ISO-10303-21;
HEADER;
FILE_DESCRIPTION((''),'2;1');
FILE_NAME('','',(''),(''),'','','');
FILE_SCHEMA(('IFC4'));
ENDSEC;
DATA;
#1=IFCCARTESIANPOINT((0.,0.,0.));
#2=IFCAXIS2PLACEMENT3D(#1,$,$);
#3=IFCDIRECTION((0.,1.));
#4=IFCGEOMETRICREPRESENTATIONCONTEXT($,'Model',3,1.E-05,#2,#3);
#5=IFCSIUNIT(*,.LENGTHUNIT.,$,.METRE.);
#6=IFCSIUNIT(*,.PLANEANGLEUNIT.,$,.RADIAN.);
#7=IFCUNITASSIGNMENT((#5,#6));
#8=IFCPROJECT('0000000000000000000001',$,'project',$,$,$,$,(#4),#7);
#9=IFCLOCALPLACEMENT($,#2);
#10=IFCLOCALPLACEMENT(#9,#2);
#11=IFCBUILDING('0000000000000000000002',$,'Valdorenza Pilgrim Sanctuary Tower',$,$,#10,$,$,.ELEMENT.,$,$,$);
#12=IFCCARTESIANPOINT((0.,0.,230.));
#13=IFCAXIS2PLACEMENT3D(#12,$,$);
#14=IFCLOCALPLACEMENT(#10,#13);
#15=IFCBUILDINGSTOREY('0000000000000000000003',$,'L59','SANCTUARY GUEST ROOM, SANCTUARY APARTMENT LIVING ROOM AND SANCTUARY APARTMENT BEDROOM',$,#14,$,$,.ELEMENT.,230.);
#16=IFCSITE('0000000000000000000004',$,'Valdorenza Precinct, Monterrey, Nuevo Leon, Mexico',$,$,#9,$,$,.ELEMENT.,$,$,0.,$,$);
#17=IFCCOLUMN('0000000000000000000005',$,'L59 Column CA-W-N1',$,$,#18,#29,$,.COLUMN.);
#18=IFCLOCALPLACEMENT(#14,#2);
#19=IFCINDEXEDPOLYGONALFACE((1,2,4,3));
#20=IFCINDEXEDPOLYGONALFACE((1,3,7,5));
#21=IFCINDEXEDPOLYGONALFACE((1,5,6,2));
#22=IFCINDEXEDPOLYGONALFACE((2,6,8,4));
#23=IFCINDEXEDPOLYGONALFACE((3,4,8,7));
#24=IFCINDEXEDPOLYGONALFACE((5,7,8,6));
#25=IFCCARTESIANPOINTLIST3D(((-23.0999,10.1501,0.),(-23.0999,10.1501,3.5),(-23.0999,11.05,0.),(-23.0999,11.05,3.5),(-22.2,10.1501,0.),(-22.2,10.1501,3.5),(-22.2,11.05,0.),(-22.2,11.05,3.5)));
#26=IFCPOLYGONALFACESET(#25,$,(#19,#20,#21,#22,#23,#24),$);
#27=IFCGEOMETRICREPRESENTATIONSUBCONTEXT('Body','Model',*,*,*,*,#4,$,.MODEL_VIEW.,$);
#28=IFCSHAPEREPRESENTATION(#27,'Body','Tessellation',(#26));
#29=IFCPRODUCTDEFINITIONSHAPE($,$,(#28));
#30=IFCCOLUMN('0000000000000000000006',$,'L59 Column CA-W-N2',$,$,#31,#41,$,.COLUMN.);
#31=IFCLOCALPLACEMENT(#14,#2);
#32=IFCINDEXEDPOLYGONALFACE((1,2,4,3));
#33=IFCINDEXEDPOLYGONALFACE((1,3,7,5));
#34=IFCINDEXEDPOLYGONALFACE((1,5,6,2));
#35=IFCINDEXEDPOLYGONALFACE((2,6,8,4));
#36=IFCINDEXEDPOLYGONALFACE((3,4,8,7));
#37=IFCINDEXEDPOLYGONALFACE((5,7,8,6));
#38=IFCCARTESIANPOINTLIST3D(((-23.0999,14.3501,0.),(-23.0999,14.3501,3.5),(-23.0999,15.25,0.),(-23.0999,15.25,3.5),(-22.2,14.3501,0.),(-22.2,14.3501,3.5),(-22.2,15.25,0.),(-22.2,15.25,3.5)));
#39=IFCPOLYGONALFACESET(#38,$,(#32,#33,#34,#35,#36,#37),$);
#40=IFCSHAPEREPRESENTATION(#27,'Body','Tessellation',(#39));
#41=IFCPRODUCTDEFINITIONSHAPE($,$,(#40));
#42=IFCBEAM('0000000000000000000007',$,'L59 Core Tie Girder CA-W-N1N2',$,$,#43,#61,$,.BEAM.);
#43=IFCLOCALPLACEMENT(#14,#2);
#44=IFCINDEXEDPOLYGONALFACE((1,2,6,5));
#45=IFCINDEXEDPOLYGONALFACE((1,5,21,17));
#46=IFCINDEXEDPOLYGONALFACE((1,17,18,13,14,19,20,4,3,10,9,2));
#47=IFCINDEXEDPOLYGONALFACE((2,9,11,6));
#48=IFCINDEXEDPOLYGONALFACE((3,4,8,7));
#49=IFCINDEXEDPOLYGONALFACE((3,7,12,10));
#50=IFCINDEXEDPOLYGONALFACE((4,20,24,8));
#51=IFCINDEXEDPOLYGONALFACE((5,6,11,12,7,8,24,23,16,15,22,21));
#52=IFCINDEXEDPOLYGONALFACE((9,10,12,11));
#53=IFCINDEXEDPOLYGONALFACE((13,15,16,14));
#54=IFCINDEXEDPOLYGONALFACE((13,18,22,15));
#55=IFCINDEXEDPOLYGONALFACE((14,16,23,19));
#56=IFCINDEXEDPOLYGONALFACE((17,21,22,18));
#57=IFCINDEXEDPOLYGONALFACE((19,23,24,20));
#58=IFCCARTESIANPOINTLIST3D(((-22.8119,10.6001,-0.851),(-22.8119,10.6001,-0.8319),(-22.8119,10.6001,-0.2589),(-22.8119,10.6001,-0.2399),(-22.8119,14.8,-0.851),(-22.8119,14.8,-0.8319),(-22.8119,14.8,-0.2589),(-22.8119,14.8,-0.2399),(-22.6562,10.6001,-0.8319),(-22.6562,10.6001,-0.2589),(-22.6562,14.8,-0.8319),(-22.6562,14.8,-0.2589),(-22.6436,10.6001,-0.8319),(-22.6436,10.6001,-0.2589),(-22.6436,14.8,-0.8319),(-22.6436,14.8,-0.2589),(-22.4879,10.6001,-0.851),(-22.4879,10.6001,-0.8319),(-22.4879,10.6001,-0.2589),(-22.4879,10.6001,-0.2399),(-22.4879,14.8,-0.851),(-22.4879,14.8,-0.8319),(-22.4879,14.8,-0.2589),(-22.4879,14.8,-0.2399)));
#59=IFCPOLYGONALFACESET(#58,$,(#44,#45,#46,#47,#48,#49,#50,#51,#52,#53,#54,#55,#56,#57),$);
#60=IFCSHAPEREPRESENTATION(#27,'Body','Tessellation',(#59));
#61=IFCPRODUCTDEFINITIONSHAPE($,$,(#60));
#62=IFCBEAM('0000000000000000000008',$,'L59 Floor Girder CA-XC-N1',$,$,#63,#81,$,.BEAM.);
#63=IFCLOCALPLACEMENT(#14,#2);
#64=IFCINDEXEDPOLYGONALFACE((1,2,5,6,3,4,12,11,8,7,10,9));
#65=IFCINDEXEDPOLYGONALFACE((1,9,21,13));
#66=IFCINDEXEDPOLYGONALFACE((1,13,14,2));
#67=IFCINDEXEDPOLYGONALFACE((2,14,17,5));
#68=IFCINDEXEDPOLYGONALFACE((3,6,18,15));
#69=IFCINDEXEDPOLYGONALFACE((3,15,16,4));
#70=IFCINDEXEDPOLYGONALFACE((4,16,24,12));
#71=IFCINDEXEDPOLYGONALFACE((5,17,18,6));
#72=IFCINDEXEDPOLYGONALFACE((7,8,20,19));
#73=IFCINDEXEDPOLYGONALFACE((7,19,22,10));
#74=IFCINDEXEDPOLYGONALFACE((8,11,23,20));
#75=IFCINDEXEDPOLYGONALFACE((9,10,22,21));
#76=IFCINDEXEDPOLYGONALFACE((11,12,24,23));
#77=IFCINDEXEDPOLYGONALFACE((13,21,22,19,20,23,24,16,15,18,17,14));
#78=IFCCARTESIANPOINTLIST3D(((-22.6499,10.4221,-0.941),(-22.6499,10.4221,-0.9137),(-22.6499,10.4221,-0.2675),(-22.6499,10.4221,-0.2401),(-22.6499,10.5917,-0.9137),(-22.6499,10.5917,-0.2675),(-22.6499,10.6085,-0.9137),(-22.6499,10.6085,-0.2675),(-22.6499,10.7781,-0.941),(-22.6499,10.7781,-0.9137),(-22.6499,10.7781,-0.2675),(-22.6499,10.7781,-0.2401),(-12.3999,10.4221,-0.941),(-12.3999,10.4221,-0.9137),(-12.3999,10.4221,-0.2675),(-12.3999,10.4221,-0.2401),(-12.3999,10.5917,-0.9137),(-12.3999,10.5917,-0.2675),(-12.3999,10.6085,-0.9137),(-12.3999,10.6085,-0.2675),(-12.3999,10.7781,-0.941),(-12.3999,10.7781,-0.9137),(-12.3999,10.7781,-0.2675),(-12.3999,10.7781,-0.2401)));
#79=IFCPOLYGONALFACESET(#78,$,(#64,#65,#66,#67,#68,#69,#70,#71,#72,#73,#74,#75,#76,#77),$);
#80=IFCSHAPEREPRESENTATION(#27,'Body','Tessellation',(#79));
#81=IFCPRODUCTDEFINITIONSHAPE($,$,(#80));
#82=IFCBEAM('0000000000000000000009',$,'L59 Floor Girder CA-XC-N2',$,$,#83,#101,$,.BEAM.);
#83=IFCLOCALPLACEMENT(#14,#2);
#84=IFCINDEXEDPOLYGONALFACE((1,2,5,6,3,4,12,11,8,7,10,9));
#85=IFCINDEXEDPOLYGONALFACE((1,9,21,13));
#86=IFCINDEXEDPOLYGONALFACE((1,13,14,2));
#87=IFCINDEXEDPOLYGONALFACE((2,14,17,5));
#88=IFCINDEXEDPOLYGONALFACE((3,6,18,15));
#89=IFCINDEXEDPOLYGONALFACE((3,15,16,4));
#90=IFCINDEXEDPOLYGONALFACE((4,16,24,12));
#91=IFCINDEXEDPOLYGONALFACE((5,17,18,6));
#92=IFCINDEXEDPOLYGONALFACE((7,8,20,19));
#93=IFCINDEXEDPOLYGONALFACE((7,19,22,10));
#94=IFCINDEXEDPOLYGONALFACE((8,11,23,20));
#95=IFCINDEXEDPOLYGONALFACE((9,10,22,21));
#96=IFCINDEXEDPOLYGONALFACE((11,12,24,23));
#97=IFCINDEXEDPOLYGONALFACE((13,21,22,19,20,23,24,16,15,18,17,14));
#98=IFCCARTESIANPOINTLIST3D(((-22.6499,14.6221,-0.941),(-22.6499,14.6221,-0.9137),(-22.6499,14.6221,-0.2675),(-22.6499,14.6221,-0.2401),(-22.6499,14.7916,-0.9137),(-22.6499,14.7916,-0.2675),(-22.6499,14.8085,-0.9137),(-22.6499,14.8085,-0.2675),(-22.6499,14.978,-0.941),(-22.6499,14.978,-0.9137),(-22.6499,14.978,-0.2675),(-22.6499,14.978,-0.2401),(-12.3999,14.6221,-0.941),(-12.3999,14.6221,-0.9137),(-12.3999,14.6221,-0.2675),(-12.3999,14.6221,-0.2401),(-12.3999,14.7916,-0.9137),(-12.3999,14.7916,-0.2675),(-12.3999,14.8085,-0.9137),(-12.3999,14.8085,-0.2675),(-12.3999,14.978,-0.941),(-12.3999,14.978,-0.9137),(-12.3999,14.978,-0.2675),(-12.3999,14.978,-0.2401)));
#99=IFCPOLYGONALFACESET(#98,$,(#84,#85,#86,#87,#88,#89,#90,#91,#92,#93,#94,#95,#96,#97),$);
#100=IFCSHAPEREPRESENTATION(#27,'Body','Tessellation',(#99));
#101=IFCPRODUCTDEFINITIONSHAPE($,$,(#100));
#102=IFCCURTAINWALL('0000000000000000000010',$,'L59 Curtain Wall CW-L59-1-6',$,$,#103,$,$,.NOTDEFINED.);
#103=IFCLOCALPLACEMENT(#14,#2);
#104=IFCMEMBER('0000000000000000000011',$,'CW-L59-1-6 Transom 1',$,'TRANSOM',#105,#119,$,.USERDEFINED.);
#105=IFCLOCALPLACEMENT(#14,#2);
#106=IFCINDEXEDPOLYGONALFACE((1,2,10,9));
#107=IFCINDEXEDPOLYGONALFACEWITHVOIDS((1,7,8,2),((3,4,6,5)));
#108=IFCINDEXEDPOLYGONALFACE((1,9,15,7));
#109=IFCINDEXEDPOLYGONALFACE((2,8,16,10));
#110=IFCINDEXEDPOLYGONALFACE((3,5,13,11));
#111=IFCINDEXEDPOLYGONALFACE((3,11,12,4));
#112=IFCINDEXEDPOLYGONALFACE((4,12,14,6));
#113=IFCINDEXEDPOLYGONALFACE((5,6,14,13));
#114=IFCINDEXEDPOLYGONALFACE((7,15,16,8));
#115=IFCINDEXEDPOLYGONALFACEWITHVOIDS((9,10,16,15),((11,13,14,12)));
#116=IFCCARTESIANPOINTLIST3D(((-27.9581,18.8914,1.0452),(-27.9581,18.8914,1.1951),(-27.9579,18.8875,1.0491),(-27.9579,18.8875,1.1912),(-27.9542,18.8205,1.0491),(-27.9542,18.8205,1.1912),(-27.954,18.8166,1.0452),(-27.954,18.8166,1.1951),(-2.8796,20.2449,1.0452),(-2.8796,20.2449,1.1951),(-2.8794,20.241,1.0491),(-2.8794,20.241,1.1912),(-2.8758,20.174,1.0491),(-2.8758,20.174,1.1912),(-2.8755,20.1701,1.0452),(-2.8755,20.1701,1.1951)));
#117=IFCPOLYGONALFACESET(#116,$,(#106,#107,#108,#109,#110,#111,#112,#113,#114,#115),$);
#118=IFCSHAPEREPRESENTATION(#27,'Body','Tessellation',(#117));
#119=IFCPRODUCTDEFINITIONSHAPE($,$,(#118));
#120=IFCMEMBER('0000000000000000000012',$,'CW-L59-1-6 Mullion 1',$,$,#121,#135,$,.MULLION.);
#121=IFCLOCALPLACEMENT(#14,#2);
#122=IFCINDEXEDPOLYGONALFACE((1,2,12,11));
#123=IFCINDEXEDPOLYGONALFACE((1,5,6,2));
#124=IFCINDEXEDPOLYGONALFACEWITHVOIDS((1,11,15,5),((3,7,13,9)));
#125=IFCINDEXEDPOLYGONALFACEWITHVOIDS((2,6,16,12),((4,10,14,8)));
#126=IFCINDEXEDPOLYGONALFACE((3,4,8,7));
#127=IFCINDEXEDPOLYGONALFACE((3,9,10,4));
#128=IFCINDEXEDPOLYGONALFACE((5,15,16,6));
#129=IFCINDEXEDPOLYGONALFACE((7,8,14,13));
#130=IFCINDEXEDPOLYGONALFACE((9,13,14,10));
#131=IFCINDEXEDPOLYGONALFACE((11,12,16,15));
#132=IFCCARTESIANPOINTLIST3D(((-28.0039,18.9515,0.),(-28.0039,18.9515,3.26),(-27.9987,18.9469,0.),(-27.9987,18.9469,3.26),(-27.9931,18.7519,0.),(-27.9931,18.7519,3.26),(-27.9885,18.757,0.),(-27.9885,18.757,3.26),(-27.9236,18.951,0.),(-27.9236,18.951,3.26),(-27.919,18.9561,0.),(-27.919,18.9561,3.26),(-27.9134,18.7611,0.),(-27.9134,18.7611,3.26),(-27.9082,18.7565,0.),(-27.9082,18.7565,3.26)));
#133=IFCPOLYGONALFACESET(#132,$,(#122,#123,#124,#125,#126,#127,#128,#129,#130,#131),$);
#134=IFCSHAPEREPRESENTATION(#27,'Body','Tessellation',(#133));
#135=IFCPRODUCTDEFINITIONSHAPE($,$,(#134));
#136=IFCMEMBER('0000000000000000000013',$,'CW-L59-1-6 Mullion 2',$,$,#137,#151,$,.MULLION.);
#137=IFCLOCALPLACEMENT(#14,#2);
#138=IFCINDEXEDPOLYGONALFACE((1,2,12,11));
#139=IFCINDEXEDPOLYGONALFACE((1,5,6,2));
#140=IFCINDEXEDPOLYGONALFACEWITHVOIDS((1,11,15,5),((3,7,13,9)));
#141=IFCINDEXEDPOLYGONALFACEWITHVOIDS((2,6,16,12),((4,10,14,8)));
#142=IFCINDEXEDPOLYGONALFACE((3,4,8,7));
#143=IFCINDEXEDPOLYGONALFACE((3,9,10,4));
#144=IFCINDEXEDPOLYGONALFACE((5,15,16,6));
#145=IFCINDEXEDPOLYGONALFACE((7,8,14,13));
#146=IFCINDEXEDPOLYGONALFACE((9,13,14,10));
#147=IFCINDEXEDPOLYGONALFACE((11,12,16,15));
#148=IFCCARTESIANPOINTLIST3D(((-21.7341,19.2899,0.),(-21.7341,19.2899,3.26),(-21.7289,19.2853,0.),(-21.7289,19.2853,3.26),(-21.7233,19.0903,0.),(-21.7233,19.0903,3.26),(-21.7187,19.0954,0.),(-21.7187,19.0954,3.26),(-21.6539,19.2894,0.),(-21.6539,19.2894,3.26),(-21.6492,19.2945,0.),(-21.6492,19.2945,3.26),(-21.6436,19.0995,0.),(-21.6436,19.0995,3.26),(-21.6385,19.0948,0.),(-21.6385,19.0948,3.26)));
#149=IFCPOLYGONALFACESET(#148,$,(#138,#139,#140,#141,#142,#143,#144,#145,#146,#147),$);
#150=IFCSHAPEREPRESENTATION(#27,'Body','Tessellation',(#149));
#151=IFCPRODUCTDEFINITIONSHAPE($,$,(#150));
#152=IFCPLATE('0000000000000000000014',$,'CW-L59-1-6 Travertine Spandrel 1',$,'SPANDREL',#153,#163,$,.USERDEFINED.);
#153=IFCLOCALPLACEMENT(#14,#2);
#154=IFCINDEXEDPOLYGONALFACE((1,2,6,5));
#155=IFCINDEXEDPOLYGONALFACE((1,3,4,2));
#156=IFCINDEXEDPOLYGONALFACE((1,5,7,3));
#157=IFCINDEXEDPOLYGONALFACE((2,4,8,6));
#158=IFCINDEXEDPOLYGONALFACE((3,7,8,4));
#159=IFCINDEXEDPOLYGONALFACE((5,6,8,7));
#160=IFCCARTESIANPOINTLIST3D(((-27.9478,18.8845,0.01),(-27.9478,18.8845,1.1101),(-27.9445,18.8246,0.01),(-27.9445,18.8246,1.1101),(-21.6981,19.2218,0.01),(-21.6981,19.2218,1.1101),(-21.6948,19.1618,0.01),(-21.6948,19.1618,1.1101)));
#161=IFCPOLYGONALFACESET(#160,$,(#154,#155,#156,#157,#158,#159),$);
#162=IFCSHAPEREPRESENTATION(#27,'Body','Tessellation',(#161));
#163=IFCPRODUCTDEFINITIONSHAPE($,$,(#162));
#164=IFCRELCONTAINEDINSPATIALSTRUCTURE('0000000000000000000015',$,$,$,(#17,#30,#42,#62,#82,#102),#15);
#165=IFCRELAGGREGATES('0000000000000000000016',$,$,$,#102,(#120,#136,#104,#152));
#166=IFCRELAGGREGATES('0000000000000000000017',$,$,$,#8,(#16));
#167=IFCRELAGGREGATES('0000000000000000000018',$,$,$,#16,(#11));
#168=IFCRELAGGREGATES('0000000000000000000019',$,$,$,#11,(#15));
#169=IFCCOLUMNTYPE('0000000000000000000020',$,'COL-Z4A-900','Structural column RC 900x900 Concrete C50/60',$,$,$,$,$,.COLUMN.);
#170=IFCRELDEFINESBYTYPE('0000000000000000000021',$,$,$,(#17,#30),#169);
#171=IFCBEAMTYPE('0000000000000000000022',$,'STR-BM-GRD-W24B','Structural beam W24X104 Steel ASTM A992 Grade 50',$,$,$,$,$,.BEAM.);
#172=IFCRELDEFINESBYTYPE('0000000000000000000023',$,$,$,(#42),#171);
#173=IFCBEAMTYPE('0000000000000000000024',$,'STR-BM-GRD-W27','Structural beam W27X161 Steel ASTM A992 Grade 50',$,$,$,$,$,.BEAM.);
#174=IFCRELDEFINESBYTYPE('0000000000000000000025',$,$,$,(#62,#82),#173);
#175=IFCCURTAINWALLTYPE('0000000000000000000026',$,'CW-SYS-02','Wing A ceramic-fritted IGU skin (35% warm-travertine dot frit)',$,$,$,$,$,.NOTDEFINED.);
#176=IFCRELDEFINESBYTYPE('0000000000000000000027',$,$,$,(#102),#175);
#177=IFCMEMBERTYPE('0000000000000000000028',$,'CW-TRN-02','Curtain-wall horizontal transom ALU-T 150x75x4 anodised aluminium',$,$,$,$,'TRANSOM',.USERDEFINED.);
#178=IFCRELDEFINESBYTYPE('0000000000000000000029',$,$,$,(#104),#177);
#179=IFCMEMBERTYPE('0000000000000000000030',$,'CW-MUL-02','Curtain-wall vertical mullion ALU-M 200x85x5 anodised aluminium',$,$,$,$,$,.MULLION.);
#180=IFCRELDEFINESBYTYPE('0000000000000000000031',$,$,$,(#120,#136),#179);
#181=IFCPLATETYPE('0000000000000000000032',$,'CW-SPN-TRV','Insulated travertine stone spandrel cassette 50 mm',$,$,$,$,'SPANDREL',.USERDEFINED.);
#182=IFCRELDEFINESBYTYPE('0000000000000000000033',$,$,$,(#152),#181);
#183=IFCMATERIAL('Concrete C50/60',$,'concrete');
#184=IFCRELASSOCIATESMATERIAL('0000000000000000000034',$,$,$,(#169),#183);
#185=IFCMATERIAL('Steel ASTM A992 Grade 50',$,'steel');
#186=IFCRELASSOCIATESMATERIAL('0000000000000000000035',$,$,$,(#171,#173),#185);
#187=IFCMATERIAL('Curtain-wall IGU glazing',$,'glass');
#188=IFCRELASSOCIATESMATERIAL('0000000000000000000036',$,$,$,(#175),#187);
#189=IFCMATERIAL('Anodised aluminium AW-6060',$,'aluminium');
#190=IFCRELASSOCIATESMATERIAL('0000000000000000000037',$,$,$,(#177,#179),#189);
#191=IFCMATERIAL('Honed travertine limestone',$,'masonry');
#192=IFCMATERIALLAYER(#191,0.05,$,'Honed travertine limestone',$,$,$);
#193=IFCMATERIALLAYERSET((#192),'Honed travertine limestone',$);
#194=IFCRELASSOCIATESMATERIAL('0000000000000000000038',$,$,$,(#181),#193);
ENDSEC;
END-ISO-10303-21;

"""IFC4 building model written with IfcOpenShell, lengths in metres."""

from ifc_helpers import new_model, si_unit, direction, frame, origin, origin_2d, place, context, subcontext, project, spatial, rectangle, hollow_rectangle, i_section, extrude, source, transform, mapped, material, layer, layer_set, material_profile, profile_set, type_object, element, aggregate, save


model = new_model("IFC4")

# Units and contexts
model_context = context("Model", 3, precision=1e-05, world=origin(), true_north=direction((0.0, 1.0)))
body_context = subcontext(model_context, "Body", "Model", "MODEL_VIEW")
ifc_project = project(units=[si_unit("LENGTHUNIT", "METRE"), si_unit("PLANEANGLEUNIT", "RADIAN")], contexts=[model_context])

# Site, building, storey
site_placement = place(None, origin())
site = spatial("IfcSite", under=ifc_project, at=site_placement, Name="Valdorenza Precinct, Monterrey, Nuevo Leon, Mexico", CompositionType="ELEMENT", RefElevation=0.0)
building_placement = place(site_placement, origin())
building = spatial("IfcBuilding", under=site, at=building_placement, Name="Valdorenza Pilgrim Sanctuary Tower", CompositionType="ELEMENT")
storey_placement = place(building_placement, frame((0.0, 0.0, 230.0)))
storey = spatial("IfcBuildingStorey", under=building, at=storey_placement, Name="L59", Description="SANCTUARY GUEST ROOM, SANCTUARY APARTMENT LIVING ROOM AND SANCTUARY APARTMENT BEDROOM", CompositionType="ELEMENT", Elevation=230.0)

# Columns
ifc_material_1 = material(Name="Concrete C50/60", Category="concrete")
ifc_material_profile_1 = material_profile(ifc_material_1, rectangle(XDim=0.8999, YDim=0.8999, at=origin_2d()), Name="RC 900x900")
ifc_profile_set_1 = profile_set([ifc_material_profile_1], Name="Concrete C50/60")
column_type = type_object("IfcColumnType", Name="COL-Z4A-900", Description="Structural column RC 900x900 Concrete C50/60", PredefinedType="COLUMN", material=ifc_profile_set_1)
shared_shape_1 = source(origin(), body_context, "Body", "SweptSolid", [
    extrude(rectangle(XDim=0.8999, YDim=0.8999, at=origin_2d()), origin(), (0.0, 0.0, 1.0), 3.5),
])
for number, where, z_axis, x_axis, name in (
    (1, (-22.6499, 10.6001, 0.0), (0.0, 0.0, 1.0), (1.0, 0.0, 0.0), "L59 Column CA-W-N1"),
    (2, (-22.6499, 14.8, 0.0), (0.0, 0.0, 1.0), (1.0, 0.0, 0.0), "L59 Column CA-W-N2"),
):
    element("IfcColumn", number, at=place(storey_placement, frame(where, z_axis=z_axis, x_axis=x_axis)), inside=storey, type_object=column_type, Name=name, PredefinedType="COLUMN", context=body_context, shape_type="MappedRepresentation", body=[
        mapped(shared_shape_1, transform((0.0, 0.0, 0.0), x_axis=(1.0, 0.0, 0.0), y_axis=(0.0, 1.0, 0.0), z_axis=(0.0, 0.0, 1.0), scale=1.0)),
    ])

# Beams
ifc_material_2 = material(Name="Steel ASTM A992 Grade 50", Category="steel")
ifc_material_profile_2 = material_profile(ifc_material_2, i_section(OverallWidth=0.324, OverallDepth=0.6111, WebThickness=0.0127, FlangeThickness=0.019, at=origin_2d()), Name="W24X104")
ifc_profile_set_2 = profile_set([ifc_material_profile_2], Name="Steel ASTM A992 Grade 50")
beam_type_1 = type_object("IfcBeamType", Name="STR-BM-GRD-W24B", Description="Structural beam W24X104 Steel ASTM A992 Grade 50", PredefinedType="BEAM", material=ifc_profile_set_2)
shared_shape_2 = source(origin(), body_context, "Body", "SweptSolid", [
    extrude(i_section(OverallWidth=0.324, OverallDepth=0.6111, WebThickness=0.0127, FlangeThickness=0.019, at=origin_2d()), origin(), (0.0, 0.0, 1.0), 4.2),
])
beam_placement = place(storey_placement, frame((-22.6499, 10.6001, -0.5454), z_axis=(0.0, 1.0, 0.0), x_axis=(-1.0, 0.0, 0.0)))
element("IfcBeam", 3, at=beam_placement, inside=storey, type_object=beam_type_1, Name="L59 Core Tie Girder CA-W-N1N2", PredefinedType="BEAM", context=body_context, shape_type="MappedRepresentation", body=[
    mapped(shared_shape_2, transform((0.0, 0.0, 0.0), x_axis=(1.0, 0.0, 0.0), y_axis=(0.0, 1.0, 0.0), z_axis=(0.0, 0.0, 1.0), scale=1.0)),
])
ifc_material_profile_3 = material_profile(ifc_material_2, i_section(OverallWidth=0.356, OverallDepth=0.7009, WebThickness=0.0168, FlangeThickness=0.0273, at=origin_2d()), Name="W27X161")
ifc_profile_set_3 = profile_set([ifc_material_profile_3], Name="Steel ASTM A992 Grade 50")
beam_type_2 = type_object("IfcBeamType", Name="STR-BM-GRD-W27", Description="Structural beam W27X161 Steel ASTM A992 Grade 50", PredefinedType="BEAM", material=ifc_profile_set_3)
shared_shape_3 = source(origin(), body_context, "Body", "SweptSolid", [
    extrude(i_section(OverallWidth=0.356, OverallDepth=0.7009, WebThickness=0.0168, FlangeThickness=0.0273, at=origin_2d()), origin(), (0.0, 0.0, 1.0), 10.25),
])
for number, where, z_axis, x_axis, name in (
    (4, (-22.6499, 10.6001, -0.5906), (1.0, 0.0, 0.0), (0.0, 1.0, 0.0), "L59 Floor Girder CA-XC-N1"),
    (5, (-22.6499, 14.8, -0.5906), (1.0, 0.0, 0.0), (0.0, 1.0, 0.0), "L59 Floor Girder CA-XC-N2"),
):
    element("IfcBeam", number, at=place(storey_placement, frame(where, z_axis=z_axis, x_axis=x_axis)), inside=storey, type_object=beam_type_2, Name=name, PredefinedType="BEAM", context=body_context, shape_type="MappedRepresentation", body=[
        mapped(shared_shape_3, transform((0.0, 0.0, 0.0), x_axis=(1.0, 0.0, 0.0), y_axis=(0.0, 1.0, 0.0), z_axis=(0.0, 0.0, 1.0), scale=1.0)),
    ])

# Curtain wall, members, plate
ifc_material_3 = material(Name="Curtain-wall IGU glazing", Category="glass")
curtain_wall_type = type_object("IfcCurtainWallType", Name="CW-SYS-02", Description="Wing A ceramic-fritted IGU skin (35% warm-travertine dot frit)", PredefinedType="NOTDEFINED", material=ifc_material_3)
curtain_wall_placement = place(storey_placement, origin())
curtain_wall = element("IfcCurtainWall", 6, at=curtain_wall_placement, inside=storey, type_object=curtain_wall_type, Name="L59 Curtain Wall CW-L59-1-6", PredefinedType="NOTDEFINED")
ifc_material_4 = material(Name="Anodised aluminium AW-6060", Category="aluminium")
ifc_material_profile_4 = material_profile(ifc_material_4, hollow_rectangle(XDim=0.075, YDim=0.1499, WallThickness=0.0039, at=origin_2d()), Name="ALU-T 150x75x4")
ifc_profile_set_4 = profile_set([ifc_material_profile_4], Name="Anodised aluminium AW-6060")
member_type_1 = type_object("IfcMemberType", Name="CW-TRN-02", Description="Curtain-wall horizontal transom ALU-T 150x75x4 anodised aluminium", ElementType="TRANSOM", PredefinedType="USERDEFINED", material=ifc_profile_set_4)
shared_shape_4 = source(origin(), body_context, "Body", "SweptSolid", [
    extrude(hollow_rectangle(XDim=0.075, YDim=0.1499, WallThickness=0.0039, at=origin_2d()), origin(), (0.0, 0.0, 1.0), 25.115),
])
member_1_placement = place(storey_placement, frame((-27.9561, 18.854, 1.1201), z_axis=(0.998547, 0.053893, 0.0), x_axis=(-0.053893, 0.998547, 0.0)))
member_1 = element("IfcMember", 7, at=member_1_placement, type_object=member_type_1, Name="CW-L59-1-6 Transom 1", ObjectType="TRANSOM", PredefinedType="USERDEFINED", context=body_context, shape_type="MappedRepresentation", body=[
    mapped(shared_shape_4, transform((0.0, 0.0, 0.0), x_axis=(1.0, 0.0, 0.0), y_axis=(0.0, 1.0, 0.0), z_axis=(0.0, 0.0, 1.0), scale=1.0)),
])
ifc_material_profile_5 = material_profile(ifc_material_4, hollow_rectangle(XDim=0.085, YDim=0.2, WallThickness=0.0049, at=origin_2d()), Name="ALU-M 200x85x5")
ifc_profile_set_5 = profile_set([ifc_material_profile_5], Name="Anodised aluminium AW-6060")
member_type_2 = type_object("IfcMemberType", Name="CW-MUL-02", Description="Curtain-wall vertical mullion ALU-M 200x85x5 anodised aluminium", PredefinedType="MULLION", material=ifc_profile_set_5)
shared_shape_5 = source(origin(), body_context, "Body", "SweptSolid", [
    extrude(hollow_rectangle(XDim=0.085, YDim=0.2, WallThickness=0.0049, at=origin_2d()), origin(), (0.0, 0.0, 1.0), 3.26),
])
member_2_placement = place(storey_placement, frame((-27.9561, 18.854, 0.0), z_axis=(0.0, 0.0, 1.0), x_axis=(0.998547, 0.053887, 0.0)))
member_2 = element("IfcMember", 8, at=member_2_placement, type_object=member_type_2, Name="CW-L59-1-6 Mullion 1", PredefinedType="MULLION", context=body_context, shape_type="MappedRepresentation", body=[
    mapped(shared_shape_5, transform((0.0, 0.0, 0.0), x_axis=(1.0, 0.0, 0.0), y_axis=(0.0, 1.0, 0.0), z_axis=(0.0, 0.0, 1.0), scale=1.0)),
])
member_3_placement = place(storey_placement, frame((-21.6863, 19.1924, 0.0), z_axis=(0.0, 0.0, 1.0), x_axis=(0.998547, 0.053887, 0.0)))
member_3 = element("IfcMember", 9, at=member_3_placement, type_object=member_type_2, Name="CW-L59-1-6 Mullion 2", PredefinedType="MULLION", context=body_context, shape_type="MappedRepresentation", body=[
    mapped(shared_shape_5, transform((0.0, 0.0, 0.0), x_axis=(1.0, 0.0, 0.0), y_axis=(0.0, 1.0, 0.0), z_axis=(0.0, 0.0, 1.0), scale=1.0)),
])
ifc_material_5 = material(Name="Honed travertine limestone", Category="masonry")
ifc_layer_1 = layer(ifc_material_5, 0.05, Name="Honed travertine limestone")
ifc_layer_set_1 = layer_set([ifc_layer_1], Name="Honed travertine limestone")
plate_type_1 = type_object("IfcPlateType", Name="CW-SPN-TRV", Description="Insulated travertine stone spandrel cassette 50 mm", ElementType="SPANDREL", PredefinedType="USERDEFINED", material=ifc_layer_set_1)
shared_shape_6 = source(origin(), body_context, "Body", "SweptSolid", [
    extrude(rectangle(XDim=6.2588, YDim=0.0601, at=origin_2d()), origin(), (0.0, 0.0, 1.0), 1.1001),
])
plate_1_placement = place(storey_placement, frame((-24.8213, 19.0232, 0.01), z_axis=(0.0, 0.0, 1.0), x_axis=(0.998547, 0.053887, 0.0)))
plate_1 = element("IfcPlate", 10, at=plate_1_placement, type_object=plate_type_1, Name="CW-L59-1-6 Travertine Spandrel 1", ObjectType="SPANDREL", PredefinedType="USERDEFINED", context=body_context, shape_type="MappedRepresentation", body=[
    mapped(shared_shape_6, transform((0.0, 0.0, 0.0), x_axis=(1.0, 0.0, 0.0), y_axis=(0.0, 1.0, 0.0), z_axis=(0.0, 0.0, 1.0), scale=1.0)),
])
aggregate(curtain_wall, [member_2, member_3, member_1, plate_1])

save(model, "model.ifc")
